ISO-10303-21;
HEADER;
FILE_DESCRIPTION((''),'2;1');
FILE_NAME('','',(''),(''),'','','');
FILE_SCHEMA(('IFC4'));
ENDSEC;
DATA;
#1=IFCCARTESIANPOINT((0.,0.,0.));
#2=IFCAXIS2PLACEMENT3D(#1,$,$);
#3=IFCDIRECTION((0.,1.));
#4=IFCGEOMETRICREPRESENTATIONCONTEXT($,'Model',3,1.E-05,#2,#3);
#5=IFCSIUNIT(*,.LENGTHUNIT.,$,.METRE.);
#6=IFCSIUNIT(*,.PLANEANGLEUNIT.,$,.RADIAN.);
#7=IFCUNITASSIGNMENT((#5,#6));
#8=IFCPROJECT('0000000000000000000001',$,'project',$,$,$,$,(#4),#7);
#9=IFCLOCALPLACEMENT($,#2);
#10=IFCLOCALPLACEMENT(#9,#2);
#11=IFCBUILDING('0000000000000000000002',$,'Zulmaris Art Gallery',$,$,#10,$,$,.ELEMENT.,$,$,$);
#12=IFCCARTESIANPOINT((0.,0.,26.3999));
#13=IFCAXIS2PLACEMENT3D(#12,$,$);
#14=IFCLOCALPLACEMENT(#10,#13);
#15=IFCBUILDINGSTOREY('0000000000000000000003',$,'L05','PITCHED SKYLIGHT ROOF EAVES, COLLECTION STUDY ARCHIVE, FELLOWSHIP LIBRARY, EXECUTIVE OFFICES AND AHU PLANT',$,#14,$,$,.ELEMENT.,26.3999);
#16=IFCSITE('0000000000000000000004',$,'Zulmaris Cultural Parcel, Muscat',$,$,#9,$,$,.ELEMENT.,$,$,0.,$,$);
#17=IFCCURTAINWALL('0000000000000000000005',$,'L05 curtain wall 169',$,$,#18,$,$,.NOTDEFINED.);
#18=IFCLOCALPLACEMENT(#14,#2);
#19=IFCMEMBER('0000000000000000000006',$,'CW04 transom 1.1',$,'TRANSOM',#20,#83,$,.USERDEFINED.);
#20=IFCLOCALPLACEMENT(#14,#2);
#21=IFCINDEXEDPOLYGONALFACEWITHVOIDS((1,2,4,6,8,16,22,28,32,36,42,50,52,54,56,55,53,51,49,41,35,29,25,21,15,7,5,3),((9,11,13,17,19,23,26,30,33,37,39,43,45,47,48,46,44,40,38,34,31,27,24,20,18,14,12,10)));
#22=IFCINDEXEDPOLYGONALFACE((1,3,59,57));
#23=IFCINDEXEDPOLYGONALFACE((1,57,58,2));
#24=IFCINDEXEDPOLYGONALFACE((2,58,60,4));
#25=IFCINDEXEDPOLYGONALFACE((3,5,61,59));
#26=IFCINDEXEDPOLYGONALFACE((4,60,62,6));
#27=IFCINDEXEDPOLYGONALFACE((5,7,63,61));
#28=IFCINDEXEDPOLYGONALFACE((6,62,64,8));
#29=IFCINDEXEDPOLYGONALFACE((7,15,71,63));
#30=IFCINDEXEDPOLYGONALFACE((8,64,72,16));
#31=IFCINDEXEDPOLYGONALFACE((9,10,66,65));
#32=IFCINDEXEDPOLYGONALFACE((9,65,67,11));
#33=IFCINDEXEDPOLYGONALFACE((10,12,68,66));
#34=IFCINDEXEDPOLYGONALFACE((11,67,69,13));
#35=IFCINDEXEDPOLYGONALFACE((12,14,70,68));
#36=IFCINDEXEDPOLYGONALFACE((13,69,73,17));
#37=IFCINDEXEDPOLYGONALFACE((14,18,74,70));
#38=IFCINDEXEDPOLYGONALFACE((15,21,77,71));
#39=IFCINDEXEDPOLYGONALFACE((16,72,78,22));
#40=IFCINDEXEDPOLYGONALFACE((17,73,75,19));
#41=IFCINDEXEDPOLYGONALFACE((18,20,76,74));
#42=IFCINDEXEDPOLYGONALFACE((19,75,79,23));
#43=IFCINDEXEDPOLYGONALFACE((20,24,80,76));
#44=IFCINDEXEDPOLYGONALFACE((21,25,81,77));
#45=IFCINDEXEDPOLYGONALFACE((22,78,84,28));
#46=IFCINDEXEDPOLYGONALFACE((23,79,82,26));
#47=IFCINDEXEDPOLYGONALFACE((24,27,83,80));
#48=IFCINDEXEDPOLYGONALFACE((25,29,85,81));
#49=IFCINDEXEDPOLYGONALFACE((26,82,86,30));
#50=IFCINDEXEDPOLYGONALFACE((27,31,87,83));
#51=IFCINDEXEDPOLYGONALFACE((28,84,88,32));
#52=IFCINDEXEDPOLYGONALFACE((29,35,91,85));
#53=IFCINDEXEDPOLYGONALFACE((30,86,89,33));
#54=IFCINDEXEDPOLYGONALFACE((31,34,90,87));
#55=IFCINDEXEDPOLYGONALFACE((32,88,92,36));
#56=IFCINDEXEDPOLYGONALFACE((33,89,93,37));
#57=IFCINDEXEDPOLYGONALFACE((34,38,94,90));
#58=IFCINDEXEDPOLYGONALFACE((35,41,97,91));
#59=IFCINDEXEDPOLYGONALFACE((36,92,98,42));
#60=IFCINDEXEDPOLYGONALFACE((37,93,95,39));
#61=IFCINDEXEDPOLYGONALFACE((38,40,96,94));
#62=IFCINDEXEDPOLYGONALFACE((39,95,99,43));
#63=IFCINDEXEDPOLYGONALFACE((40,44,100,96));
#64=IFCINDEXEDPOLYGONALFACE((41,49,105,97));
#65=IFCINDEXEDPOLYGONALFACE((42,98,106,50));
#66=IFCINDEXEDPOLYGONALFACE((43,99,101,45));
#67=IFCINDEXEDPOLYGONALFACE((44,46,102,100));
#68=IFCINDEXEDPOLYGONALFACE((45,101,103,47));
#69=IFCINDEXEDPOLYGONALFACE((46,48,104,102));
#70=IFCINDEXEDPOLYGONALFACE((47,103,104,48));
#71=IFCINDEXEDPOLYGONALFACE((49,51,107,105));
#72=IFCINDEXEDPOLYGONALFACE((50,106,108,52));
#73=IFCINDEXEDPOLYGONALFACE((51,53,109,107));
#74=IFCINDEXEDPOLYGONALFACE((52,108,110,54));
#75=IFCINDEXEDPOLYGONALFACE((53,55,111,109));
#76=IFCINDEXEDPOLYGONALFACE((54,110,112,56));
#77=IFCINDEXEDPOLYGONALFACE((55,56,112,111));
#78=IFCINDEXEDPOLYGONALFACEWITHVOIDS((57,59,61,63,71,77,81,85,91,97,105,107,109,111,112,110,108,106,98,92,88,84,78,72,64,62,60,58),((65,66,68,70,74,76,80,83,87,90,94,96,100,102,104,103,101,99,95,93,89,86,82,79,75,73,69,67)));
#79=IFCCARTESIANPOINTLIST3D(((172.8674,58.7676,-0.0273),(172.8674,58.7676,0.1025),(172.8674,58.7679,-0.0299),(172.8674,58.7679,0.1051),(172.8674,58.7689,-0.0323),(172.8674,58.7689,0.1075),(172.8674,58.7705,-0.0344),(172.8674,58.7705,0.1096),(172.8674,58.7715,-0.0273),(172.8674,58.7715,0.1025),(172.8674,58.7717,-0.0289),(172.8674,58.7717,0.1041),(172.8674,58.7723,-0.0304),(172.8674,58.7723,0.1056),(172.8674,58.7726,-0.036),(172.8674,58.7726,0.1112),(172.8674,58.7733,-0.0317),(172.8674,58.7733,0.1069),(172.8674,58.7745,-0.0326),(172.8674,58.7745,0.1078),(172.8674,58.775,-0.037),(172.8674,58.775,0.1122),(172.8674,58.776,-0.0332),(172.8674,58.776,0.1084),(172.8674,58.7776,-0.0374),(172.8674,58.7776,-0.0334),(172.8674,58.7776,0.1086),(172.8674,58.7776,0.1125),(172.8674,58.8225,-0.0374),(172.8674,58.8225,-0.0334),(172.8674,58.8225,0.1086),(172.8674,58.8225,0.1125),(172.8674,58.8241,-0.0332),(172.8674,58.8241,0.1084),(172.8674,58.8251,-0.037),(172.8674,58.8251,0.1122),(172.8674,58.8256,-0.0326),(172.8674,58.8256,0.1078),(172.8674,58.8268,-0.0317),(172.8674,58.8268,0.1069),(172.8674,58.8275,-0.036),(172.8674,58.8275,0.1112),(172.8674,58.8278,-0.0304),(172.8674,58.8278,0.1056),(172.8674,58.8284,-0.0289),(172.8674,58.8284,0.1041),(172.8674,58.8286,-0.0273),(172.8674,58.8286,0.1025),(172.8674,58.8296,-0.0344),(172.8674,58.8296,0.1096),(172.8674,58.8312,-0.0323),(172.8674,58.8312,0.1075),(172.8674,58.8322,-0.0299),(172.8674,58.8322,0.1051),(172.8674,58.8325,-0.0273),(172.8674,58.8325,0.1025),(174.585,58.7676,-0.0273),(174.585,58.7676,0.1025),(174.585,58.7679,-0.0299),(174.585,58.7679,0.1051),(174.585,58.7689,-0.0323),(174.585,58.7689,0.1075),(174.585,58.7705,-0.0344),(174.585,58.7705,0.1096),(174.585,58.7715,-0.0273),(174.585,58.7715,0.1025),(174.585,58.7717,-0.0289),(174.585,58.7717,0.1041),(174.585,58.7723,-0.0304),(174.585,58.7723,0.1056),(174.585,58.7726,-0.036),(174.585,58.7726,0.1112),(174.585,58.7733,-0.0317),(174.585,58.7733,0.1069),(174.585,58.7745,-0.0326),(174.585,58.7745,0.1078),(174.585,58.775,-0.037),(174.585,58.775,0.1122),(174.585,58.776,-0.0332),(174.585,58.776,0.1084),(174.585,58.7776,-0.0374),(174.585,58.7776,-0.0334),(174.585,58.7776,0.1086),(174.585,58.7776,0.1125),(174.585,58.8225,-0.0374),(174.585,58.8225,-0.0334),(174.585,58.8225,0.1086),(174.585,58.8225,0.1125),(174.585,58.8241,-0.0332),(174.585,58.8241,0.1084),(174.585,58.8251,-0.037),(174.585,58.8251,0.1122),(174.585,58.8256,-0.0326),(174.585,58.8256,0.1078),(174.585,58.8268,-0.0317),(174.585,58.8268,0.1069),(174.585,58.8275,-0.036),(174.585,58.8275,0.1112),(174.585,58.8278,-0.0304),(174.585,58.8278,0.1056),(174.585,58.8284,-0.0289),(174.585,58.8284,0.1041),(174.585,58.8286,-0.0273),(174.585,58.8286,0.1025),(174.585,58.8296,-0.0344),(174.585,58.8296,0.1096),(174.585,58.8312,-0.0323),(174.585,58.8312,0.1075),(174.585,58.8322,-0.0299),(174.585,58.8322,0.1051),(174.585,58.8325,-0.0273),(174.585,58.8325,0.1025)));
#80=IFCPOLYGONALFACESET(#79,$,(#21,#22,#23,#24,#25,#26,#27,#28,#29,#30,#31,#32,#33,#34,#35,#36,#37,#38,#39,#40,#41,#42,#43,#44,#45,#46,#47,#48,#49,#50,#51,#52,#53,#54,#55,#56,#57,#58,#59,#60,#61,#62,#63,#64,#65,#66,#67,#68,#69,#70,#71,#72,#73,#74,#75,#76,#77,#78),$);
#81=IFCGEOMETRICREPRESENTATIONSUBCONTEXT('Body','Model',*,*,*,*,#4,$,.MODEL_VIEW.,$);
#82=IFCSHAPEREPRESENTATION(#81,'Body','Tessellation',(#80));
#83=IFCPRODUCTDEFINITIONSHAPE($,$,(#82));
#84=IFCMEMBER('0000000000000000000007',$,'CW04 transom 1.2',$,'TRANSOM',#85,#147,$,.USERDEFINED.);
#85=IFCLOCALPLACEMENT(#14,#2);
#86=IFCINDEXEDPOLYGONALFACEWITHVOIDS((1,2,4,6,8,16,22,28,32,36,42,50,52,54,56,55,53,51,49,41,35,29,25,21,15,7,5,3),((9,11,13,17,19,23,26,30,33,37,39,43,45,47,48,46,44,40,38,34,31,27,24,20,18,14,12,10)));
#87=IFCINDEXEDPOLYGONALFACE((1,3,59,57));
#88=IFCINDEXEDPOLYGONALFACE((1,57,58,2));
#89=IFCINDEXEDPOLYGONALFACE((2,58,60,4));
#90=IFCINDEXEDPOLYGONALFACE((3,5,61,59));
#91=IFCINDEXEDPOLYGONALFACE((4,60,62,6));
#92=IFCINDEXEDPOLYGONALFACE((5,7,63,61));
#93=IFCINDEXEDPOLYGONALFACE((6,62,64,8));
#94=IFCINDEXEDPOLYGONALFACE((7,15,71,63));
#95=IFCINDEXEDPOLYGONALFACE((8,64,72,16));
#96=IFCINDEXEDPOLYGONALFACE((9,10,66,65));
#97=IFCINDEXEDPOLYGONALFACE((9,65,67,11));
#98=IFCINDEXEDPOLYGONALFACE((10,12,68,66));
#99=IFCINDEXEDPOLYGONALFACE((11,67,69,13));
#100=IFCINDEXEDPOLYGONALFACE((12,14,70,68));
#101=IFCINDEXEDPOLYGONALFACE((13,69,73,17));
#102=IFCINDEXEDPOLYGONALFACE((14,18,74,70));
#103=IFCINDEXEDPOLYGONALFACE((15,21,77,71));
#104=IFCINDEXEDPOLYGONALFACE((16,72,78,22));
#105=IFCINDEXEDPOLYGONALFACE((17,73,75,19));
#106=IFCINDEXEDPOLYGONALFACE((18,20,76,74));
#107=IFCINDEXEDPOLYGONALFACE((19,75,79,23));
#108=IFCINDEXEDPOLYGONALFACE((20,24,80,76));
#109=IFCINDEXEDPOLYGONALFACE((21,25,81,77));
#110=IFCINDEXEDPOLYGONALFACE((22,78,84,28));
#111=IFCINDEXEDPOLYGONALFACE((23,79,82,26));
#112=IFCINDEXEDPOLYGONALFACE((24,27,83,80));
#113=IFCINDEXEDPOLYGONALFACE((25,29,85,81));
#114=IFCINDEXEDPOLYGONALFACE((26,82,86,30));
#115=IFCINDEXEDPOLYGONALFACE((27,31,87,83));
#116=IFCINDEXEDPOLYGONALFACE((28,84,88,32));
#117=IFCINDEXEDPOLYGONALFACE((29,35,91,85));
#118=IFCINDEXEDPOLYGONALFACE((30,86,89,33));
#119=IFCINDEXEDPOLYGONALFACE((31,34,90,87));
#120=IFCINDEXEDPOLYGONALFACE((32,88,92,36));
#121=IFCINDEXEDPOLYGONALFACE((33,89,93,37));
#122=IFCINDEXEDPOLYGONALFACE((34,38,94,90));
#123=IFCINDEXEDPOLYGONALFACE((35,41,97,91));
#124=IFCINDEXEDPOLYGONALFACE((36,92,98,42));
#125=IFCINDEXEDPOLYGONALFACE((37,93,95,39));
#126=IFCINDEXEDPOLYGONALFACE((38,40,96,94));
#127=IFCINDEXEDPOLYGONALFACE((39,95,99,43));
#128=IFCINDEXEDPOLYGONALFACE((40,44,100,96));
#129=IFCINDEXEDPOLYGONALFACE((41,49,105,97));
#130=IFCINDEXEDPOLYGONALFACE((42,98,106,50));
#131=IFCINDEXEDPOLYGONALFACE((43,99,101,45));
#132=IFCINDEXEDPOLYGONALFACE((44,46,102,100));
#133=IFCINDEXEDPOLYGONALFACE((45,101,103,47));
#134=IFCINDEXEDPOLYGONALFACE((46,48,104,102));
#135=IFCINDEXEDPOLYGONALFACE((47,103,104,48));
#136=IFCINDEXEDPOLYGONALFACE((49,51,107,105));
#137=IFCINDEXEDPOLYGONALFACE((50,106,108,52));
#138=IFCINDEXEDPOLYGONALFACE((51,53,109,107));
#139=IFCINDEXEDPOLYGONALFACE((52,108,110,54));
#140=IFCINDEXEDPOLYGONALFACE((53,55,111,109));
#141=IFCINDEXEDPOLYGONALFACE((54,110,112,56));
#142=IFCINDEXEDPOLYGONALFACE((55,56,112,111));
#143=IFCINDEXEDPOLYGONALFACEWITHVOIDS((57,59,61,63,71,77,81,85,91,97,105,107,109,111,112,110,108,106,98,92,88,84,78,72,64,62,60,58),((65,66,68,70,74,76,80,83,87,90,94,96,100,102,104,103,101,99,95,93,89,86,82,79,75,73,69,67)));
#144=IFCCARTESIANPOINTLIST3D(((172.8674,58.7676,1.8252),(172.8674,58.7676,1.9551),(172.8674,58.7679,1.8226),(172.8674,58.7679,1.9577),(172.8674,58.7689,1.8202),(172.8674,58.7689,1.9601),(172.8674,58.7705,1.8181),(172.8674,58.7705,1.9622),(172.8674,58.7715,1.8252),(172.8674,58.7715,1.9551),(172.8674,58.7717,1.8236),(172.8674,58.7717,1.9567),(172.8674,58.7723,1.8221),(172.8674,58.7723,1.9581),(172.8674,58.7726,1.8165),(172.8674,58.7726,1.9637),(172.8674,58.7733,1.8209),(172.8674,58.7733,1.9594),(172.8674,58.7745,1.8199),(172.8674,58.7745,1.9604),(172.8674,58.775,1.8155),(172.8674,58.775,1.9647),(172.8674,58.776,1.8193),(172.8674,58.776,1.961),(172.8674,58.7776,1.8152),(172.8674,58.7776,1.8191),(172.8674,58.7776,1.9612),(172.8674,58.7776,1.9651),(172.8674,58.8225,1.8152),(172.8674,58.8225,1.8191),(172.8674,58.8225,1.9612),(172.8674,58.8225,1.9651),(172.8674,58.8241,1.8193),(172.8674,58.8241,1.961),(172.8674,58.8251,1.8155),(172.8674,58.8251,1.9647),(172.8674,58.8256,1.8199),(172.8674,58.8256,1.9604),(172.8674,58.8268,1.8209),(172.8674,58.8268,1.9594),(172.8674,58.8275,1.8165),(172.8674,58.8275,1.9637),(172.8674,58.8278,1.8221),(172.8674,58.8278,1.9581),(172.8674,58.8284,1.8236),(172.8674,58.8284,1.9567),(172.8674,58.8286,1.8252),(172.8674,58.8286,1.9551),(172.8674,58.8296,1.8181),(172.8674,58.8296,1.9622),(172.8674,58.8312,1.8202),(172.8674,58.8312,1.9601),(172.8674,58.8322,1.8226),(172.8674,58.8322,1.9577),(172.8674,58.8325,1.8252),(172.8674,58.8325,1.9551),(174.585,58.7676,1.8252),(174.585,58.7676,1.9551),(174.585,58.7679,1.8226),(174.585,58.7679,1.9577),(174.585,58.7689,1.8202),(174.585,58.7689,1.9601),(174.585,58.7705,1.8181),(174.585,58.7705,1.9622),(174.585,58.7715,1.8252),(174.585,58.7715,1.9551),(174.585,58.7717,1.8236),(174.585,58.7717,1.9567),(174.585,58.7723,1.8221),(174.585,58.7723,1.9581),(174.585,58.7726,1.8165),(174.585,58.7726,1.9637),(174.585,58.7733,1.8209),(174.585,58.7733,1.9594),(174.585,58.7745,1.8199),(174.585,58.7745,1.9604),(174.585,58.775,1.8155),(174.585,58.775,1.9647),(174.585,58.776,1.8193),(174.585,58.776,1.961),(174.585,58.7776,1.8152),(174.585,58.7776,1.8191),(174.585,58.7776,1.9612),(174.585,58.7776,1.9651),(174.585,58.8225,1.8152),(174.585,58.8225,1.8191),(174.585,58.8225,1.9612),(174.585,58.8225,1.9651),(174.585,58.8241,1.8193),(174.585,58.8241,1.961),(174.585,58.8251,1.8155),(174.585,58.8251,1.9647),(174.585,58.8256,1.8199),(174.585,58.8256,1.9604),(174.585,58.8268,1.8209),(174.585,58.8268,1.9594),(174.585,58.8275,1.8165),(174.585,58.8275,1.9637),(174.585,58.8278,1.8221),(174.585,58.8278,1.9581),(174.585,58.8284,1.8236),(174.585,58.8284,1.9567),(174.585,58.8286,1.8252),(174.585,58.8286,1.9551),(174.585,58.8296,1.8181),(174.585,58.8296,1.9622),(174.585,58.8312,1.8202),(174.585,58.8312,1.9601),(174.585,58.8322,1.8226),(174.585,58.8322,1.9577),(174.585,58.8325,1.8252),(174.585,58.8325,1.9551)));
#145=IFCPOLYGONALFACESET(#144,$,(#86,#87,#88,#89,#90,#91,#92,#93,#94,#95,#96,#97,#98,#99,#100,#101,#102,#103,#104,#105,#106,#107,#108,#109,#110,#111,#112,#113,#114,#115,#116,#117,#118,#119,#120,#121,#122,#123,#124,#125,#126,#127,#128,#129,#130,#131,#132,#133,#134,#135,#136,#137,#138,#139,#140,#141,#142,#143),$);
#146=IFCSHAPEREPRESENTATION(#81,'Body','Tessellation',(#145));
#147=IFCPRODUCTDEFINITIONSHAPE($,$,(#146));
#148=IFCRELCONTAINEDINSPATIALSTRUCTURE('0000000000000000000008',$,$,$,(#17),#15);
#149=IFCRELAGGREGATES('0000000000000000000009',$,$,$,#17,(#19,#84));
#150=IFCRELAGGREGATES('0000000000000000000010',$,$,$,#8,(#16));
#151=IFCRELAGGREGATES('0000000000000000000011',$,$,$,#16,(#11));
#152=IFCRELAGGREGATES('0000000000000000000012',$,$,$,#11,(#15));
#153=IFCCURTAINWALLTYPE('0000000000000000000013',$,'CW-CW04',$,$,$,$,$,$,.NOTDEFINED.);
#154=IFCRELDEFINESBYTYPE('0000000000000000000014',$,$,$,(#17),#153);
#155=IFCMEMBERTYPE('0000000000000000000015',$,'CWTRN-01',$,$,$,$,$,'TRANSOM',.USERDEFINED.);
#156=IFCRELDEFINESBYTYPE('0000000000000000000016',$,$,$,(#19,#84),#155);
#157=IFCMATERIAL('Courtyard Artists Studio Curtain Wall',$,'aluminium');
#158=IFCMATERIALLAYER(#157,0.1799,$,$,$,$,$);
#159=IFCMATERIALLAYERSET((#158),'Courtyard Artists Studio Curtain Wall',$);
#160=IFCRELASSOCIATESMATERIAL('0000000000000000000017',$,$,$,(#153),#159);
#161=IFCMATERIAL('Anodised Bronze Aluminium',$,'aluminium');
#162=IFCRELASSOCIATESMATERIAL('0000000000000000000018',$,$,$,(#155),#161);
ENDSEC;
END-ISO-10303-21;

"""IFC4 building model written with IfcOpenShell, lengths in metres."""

from ifc_helpers import new_model, si_unit, direction, frame, origin, origin_2d, place, context, subcontext, project, spatial, hollow_rectangle, extrude, material, layer, layer_set, material_profile, profile_set, type_object, element, aggregate, save


model = new_model("IFC4")

# Units and contexts
model_context = context("Model", 3, precision=1e-05, world=origin(), true_north=direction((0.0, 1.0)))
body_context = subcontext(model_context, "Body", "Model", "MODEL_VIEW")
ifc_project = project(units=[si_unit("LENGTHUNIT", "METRE"), si_unit("PLANEANGLEUNIT", "RADIAN")], contexts=[model_context])

# Site, building, storey
site_placement = place(None, origin())
site = spatial("IfcSite", under=ifc_project, at=site_placement, Name="Zulmaris Cultural Parcel, Muscat", CompositionType="ELEMENT", RefElevation=0.0)
building_placement = place(site_placement, origin())
building = spatial("IfcBuilding", under=site, at=building_placement, Name="Zulmaris Art Gallery", CompositionType="ELEMENT")
storey_placement = place(building_placement, frame((0.0, 0.0, 26.3999)))
storey = spatial("IfcBuildingStorey", under=building, at=storey_placement, Name="L05", Description="PITCHED SKYLIGHT ROOF EAVES, COLLECTION STUDY ARCHIVE, FELLOWSHIP LIBRARY, EXECUTIVE OFFICES AND AHU PLANT", CompositionType="ELEMENT", Elevation=26.3999)

# Curtain wall
ifc_material_1 = material(Name="Courtyard Artists Studio Curtain Wall", Category="aluminium")
ifc_layer_1 = layer(ifc_material_1, 0.1799)
ifc_layer_set_1 = layer_set([ifc_layer_1], Name="Courtyard Artists Studio Curtain Wall")
curtain_wall_type = type_object("IfcCurtainWallType", Name="CW-CW04", PredefinedType="NOTDEFINED", material=ifc_layer_set_1)
curtain_wall_1_placement = place(storey_placement, origin())
curtain_wall_1 = element("IfcCurtainWall", 1, at=curtain_wall_1_placement, inside=storey, type_object=curtain_wall_type, Name="L05 curtain wall 169", PredefinedType="NOTDEFINED")
ifc_material_2 = material(Name="Anodised Bronze Aluminium", Category="aluminium")

# Members
ifc_material_profile_1 = material_profile(ifc_material_2, hollow_rectangle(XDim=0.0649, YDim=0.1499, WallThickness=0.0039, InnerFilletRadius=0.0061, OuterFilletRadius=0.01, at=origin_2d()), Name="ALU 65x150x4")
ifc_profile_set_1 = profile_set([ifc_material_profile_1], Name="Anodised Bronze Aluminium")
member_type_1 = type_object("IfcMemberType", Name="CWTRN-01", ElementType="TRANSOM", PredefinedType="USERDEFINED", material=ifc_profile_set_1)
member_1_placement = place(storey_placement, frame((174.585, 58.8, 0.0376), z_axis=(-1.0, 0.0, 0.0), x_axis=(0.0, -1.0, 0.0)))
member_1 = element("IfcMember", 2, at=member_1_placement, type_object=member_type_1, Name="CW04 transom 1.1", ObjectType="TRANSOM", PredefinedType="USERDEFINED", context=body_context, shape_type="SweptSolid", body=[
    extrude(hollow_rectangle(XDim=0.0649, YDim=0.1499, WallThickness=0.0039, InnerFilletRadius=0.0061, OuterFilletRadius=0.01, at=origin_2d()), origin(), (0.0, 0.0, 1.0), 1.7175),
])
member_2_placement = place(storey_placement, frame((174.585, 58.8, 1.8901), z_axis=(-1.0, 0.0, 0.0), x_axis=(0.0, -1.0, 0.0)))
member_2 = element("IfcMember", 3, at=member_2_placement, type_object=member_type_1, Name="CW04 transom 1.2", ObjectType="TRANSOM", PredefinedType="USERDEFINED", context=body_context, shape_type="SweptSolid", body=[
    extrude(hollow_rectangle(XDim=0.0649, YDim=0.1499, WallThickness=0.0039, InnerFilletRadius=0.0061, OuterFilletRadius=0.01, at=origin_2d()), origin(), (0.0, 0.0, 1.0), 1.7175),
])

aggregate(curtain_wall_1, [member_1, member_2])

save(model, "model.ifc")
